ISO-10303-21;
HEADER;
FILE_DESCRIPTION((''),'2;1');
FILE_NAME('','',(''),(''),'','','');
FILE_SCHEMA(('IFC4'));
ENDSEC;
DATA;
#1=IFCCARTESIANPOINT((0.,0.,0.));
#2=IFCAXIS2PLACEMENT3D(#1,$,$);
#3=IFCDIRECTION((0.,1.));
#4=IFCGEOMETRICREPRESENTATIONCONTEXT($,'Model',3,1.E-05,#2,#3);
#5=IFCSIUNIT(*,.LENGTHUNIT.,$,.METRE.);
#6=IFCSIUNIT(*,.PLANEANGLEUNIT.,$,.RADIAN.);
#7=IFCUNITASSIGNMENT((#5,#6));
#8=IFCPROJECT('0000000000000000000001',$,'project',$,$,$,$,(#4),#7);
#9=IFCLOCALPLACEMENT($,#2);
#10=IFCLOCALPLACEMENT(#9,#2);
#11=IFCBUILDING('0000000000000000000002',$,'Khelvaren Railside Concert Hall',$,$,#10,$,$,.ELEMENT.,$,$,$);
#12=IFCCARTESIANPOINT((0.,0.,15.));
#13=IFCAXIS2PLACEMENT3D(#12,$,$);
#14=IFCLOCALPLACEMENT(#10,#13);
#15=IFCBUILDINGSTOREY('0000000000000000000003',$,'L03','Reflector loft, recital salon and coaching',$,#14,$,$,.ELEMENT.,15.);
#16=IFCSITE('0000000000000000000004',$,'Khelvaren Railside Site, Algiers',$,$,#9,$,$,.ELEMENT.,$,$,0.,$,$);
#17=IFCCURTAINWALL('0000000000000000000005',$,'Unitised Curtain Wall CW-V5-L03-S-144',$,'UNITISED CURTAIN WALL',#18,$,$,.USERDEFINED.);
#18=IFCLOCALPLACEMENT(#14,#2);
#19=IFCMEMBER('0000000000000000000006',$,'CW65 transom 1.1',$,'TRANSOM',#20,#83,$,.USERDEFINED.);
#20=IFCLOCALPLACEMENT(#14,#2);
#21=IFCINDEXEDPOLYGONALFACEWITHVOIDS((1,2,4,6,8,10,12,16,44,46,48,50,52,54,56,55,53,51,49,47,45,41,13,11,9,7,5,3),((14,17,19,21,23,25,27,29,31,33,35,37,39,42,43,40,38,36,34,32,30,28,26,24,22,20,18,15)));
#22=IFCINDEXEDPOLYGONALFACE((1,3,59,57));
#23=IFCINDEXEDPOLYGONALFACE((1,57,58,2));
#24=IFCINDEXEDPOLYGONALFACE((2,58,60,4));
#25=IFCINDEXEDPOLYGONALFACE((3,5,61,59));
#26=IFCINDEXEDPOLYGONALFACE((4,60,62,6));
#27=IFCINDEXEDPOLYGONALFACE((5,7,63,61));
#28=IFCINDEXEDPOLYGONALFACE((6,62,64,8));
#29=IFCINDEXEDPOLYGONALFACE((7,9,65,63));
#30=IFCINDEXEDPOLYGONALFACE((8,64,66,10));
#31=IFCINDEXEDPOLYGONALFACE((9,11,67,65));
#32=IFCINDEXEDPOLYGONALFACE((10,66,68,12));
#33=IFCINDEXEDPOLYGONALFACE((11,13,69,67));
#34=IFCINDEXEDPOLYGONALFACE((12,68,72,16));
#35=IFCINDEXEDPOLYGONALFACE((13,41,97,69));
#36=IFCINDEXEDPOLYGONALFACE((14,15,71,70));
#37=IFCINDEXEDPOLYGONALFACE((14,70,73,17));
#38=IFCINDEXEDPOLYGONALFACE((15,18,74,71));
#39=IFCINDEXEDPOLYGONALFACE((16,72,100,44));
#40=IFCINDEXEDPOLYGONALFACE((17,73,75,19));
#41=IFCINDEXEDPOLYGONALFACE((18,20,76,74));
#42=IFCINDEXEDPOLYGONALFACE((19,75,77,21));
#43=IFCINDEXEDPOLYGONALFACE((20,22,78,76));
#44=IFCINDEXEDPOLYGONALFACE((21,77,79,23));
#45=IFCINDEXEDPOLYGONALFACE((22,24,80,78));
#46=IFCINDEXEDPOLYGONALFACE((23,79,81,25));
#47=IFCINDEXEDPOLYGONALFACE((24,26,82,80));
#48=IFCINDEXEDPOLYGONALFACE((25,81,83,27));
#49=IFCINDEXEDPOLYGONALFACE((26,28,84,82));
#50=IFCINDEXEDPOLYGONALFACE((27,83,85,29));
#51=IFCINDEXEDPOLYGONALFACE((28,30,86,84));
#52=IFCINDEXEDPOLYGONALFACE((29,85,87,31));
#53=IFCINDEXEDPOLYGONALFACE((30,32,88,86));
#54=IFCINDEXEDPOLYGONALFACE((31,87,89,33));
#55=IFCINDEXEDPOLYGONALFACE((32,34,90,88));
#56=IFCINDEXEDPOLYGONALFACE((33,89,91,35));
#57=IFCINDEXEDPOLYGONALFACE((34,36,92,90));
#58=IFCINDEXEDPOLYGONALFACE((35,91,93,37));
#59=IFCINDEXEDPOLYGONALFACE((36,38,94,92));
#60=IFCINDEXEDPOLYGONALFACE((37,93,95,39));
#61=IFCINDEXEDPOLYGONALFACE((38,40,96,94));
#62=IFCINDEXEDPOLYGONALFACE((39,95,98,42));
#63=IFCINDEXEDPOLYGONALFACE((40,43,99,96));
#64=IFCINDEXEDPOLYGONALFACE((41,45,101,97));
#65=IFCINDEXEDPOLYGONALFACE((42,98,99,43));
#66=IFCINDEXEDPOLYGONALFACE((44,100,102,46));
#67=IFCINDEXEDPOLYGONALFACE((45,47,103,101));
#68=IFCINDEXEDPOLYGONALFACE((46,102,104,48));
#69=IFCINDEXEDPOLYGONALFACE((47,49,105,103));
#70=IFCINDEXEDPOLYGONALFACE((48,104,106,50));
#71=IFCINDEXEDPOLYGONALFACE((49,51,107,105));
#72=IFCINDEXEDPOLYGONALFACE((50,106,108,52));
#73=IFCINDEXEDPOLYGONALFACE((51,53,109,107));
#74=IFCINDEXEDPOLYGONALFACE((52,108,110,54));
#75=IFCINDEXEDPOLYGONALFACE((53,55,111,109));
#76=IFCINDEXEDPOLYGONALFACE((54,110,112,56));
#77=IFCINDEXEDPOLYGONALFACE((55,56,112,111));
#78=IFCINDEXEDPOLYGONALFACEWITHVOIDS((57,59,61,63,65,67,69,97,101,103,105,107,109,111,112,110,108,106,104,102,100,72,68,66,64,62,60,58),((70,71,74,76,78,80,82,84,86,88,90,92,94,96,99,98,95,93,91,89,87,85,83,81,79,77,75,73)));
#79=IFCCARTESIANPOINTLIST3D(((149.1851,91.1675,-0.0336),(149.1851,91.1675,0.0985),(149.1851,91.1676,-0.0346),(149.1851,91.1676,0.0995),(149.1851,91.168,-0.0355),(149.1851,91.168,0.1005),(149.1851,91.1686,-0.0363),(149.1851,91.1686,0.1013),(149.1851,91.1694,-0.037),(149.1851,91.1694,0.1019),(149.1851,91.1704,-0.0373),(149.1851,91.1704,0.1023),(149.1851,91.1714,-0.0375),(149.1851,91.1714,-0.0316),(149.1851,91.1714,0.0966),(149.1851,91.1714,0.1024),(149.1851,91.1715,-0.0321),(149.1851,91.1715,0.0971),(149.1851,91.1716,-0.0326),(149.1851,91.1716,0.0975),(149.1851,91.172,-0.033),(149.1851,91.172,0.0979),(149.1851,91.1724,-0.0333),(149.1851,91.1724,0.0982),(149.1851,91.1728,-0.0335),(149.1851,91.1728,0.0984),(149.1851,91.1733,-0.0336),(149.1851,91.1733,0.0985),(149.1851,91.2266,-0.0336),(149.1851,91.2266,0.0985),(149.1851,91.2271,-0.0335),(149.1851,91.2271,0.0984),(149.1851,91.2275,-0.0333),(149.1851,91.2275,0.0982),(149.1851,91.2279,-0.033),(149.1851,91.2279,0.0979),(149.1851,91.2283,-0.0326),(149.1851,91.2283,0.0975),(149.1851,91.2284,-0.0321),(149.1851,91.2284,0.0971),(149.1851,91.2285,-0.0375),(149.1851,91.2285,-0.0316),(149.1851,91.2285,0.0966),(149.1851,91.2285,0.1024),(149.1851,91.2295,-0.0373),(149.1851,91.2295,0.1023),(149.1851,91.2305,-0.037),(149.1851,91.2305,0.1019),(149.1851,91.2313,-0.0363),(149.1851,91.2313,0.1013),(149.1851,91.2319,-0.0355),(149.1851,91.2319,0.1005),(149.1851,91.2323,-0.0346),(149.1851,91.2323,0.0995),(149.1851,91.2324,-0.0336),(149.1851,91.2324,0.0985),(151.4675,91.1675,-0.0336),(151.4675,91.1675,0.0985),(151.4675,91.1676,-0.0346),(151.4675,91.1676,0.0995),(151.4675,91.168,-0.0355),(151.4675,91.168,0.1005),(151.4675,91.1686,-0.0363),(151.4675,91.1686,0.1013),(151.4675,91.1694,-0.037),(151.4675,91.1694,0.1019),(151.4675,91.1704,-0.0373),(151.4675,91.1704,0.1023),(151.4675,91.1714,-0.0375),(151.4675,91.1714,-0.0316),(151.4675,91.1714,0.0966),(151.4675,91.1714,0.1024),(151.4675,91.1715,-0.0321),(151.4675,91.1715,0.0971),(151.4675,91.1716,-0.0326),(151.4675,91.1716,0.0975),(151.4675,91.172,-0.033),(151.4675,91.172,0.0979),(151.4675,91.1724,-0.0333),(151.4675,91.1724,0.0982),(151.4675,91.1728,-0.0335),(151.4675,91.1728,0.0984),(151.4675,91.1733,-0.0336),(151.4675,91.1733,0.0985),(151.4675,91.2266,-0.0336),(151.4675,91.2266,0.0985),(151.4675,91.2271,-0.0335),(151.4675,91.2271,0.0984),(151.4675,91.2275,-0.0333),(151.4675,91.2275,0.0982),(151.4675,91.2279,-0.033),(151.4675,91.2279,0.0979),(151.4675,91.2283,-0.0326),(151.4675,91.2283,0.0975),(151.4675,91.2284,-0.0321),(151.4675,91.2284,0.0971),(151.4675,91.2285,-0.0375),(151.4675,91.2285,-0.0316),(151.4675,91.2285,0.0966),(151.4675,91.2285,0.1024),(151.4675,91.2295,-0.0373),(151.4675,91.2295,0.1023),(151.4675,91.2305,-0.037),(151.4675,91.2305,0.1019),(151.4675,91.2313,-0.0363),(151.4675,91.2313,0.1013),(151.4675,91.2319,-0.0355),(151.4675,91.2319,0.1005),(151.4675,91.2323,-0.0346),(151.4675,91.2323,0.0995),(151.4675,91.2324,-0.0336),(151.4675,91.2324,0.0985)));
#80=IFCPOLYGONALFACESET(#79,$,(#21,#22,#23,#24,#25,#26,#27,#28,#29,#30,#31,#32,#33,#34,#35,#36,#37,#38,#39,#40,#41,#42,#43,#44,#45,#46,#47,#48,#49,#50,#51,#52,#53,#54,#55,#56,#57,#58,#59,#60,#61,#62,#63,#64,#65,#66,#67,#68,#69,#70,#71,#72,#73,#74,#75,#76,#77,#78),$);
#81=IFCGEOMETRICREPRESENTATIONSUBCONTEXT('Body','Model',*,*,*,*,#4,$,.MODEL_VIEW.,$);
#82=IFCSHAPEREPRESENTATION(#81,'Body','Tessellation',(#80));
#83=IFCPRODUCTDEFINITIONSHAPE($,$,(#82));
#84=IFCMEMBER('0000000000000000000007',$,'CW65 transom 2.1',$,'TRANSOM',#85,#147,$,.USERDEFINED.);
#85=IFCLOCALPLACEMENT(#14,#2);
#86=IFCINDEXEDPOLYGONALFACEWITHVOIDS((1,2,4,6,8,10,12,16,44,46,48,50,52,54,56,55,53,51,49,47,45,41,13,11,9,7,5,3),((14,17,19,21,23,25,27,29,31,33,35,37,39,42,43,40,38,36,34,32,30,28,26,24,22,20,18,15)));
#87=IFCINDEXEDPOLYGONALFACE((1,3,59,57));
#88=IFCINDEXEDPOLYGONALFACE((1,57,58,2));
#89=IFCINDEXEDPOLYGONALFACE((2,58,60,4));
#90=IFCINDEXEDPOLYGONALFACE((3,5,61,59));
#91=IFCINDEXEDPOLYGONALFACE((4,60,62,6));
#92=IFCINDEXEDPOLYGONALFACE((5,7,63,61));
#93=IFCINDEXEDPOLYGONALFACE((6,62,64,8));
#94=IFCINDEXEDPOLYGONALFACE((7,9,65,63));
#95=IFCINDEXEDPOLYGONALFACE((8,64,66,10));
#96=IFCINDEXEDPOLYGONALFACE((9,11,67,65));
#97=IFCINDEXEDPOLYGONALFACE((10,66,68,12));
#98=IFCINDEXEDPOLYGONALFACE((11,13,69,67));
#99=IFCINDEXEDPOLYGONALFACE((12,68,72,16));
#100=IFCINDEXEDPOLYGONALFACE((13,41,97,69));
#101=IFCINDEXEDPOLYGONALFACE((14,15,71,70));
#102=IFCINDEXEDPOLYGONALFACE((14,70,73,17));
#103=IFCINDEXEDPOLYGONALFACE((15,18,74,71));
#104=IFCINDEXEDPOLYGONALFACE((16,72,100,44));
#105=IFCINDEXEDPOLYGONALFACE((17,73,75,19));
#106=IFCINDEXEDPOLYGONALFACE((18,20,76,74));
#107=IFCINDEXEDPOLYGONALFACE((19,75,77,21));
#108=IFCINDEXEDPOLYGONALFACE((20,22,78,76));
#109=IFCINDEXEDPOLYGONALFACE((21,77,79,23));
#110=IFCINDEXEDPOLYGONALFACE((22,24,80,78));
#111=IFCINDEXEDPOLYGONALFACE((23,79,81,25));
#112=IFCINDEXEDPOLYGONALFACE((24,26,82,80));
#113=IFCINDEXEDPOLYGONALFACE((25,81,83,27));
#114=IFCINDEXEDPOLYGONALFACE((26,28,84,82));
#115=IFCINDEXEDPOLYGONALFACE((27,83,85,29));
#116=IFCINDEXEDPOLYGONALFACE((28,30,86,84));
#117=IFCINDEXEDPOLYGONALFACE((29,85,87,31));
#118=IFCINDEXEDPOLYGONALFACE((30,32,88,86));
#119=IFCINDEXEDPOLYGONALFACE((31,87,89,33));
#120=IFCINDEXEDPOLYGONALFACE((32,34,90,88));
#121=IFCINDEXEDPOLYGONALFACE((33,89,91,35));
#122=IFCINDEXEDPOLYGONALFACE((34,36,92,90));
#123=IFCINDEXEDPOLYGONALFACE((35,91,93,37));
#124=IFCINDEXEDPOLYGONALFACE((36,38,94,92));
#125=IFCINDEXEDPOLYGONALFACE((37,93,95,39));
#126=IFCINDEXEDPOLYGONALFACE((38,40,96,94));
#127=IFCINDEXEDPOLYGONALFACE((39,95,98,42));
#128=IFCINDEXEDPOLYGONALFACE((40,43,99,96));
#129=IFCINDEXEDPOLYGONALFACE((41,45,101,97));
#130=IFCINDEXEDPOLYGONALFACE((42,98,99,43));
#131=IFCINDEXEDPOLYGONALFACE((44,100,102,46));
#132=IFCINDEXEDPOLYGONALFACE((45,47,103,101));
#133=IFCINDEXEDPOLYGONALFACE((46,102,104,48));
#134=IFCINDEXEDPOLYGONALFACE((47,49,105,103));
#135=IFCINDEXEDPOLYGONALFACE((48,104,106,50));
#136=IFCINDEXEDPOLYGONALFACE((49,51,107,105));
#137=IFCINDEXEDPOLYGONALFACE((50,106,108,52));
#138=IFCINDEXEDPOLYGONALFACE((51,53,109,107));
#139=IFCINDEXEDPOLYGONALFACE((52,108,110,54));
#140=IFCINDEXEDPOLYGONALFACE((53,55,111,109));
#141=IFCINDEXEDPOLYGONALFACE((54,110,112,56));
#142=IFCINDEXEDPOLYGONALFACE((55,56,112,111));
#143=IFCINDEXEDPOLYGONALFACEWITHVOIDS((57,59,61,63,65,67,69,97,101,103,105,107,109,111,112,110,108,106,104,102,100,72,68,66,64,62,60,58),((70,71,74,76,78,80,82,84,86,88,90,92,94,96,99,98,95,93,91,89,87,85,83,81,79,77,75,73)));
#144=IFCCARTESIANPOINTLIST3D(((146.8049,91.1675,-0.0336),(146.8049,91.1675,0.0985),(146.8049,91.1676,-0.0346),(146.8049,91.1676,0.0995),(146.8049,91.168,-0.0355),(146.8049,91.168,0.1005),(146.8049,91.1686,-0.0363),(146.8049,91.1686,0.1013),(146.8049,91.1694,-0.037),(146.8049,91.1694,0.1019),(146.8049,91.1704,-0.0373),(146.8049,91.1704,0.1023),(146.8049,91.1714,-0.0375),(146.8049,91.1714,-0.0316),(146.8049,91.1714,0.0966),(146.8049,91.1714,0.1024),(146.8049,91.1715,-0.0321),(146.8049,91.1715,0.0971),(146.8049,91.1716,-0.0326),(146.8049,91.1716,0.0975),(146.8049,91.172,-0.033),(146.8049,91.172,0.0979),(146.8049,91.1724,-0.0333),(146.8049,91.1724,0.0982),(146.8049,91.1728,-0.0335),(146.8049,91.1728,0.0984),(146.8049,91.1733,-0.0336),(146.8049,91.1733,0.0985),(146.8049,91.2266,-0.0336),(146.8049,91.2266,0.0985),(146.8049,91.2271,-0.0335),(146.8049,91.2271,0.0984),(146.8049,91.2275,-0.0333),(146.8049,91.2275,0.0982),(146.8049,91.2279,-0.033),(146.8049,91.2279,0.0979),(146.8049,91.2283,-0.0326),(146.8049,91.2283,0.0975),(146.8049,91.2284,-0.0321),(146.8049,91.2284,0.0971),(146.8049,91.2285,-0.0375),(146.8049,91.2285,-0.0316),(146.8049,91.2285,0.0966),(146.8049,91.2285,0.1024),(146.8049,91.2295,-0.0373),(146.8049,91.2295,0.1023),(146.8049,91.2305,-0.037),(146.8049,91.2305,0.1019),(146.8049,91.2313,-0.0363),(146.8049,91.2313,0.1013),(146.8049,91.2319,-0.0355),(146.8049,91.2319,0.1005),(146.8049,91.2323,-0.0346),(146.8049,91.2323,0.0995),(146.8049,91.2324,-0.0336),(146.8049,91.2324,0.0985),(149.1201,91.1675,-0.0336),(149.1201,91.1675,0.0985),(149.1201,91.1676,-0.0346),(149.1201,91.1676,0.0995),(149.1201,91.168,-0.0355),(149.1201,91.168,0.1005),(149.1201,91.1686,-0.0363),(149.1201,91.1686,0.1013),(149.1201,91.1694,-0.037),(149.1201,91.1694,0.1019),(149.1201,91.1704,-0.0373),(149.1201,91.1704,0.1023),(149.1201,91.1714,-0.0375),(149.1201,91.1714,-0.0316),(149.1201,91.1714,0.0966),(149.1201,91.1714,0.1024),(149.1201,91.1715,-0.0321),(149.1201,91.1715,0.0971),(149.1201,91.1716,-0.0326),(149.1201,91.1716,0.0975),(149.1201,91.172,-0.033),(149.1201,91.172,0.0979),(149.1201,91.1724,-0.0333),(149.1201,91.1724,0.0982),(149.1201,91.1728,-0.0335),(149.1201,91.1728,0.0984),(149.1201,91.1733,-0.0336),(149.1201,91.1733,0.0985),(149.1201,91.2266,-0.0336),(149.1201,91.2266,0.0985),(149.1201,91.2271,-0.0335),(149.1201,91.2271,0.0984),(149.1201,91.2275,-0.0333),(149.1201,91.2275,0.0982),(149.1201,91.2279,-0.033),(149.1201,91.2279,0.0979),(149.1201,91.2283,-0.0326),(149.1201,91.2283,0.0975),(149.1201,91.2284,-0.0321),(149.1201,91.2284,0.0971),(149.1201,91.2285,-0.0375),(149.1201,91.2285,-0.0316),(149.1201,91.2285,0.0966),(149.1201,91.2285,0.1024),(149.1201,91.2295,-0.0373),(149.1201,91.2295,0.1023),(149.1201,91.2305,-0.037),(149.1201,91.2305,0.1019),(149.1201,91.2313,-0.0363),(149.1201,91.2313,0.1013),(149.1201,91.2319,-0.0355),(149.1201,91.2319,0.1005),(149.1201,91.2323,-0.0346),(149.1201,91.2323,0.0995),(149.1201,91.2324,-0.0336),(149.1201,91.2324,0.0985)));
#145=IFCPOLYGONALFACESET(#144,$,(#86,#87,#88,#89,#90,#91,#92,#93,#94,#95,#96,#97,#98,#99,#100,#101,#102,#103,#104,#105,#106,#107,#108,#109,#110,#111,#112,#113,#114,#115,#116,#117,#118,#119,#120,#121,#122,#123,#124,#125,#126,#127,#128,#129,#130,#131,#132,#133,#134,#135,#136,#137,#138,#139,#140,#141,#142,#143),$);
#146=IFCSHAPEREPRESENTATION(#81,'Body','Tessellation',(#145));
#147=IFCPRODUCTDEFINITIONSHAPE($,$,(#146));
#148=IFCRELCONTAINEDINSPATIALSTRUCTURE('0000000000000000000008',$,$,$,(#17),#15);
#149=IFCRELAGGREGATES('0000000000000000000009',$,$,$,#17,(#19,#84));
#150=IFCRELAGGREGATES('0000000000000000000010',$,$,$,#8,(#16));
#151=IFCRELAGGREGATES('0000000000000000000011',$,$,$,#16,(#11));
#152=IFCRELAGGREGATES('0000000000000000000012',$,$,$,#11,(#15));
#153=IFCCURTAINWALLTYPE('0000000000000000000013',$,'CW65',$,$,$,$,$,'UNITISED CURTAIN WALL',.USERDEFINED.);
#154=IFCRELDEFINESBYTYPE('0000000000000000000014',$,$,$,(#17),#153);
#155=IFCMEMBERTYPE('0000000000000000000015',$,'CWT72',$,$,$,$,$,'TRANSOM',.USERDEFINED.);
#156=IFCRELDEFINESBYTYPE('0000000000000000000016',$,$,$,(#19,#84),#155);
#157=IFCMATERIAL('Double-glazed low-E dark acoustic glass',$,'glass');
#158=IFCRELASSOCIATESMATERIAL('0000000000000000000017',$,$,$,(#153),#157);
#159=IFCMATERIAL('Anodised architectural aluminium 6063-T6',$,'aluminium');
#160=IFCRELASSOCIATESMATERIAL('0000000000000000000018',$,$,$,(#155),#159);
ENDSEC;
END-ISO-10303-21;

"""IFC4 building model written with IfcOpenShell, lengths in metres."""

from ifc_helpers import new_model, si_unit, direction, frame, origin, origin_2d, place, context, subcontext, project, spatial, hollow_rectangle, extrude, material, material_profile, profile_set, type_object, element, aggregate, save


model = new_model("IFC4")

# Units and contexts
model_context = context("Model", 3, precision=1e-05, world=origin(), true_north=direction((0.0, 1.0)))
body_context = subcontext(model_context, "Body", "Model", "MODEL_VIEW")
ifc_project = project(units=[si_unit("LENGTHUNIT", "METRE"), si_unit("PLANEANGLEUNIT", "RADIAN")], contexts=[model_context])

# Site, building, storey
site_placement = place(None, origin())
site = spatial("IfcSite", under=ifc_project, at=site_placement, Name="Khelvaren Railside Site, Algiers", CompositionType="ELEMENT", RefElevation=0.0)
building_placement = place(site_placement, origin())
building = spatial("IfcBuilding", under=site, at=building_placement, Name="Khelvaren Railside Concert Hall", CompositionType="ELEMENT")
storey_placement = place(building_placement, frame((0.0, 0.0, 15.0)))
storey = spatial("IfcBuildingStorey", under=building, at=storey_placement, Name="L03", Description="Reflector loft, recital salon and coaching", CompositionType="ELEMENT", Elevation=15.0)

# Shared definitions
ifc_material_1 = material(Name="Double-glazed low-E dark acoustic glass", Category="glass")
ifc_material_2 = material(Name="Anodised architectural aluminium 6063-T6", Category="aluminium")

# Curtain wall
curtain_wall_type_1 = type_object("IfcCurtainWallType", Name="CW65", ElementType="UNITISED CURTAIN WALL", PredefinedType="USERDEFINED", material=ifc_material_1)
curtain_wall_1_placement = place(storey_placement, origin())
curtain_wall_1 = element("IfcCurtainWall", 1, at=curtain_wall_1_placement, inside=storey, type_object=curtain_wall_type_1, Name="Unitised Curtain Wall CW-V5-L03-S-144", ObjectType="UNITISED CURTAIN WALL", PredefinedType="USERDEFINED")

# Members
ifc_material_profile_1 = material_profile(ifc_material_2, hollow_rectangle(XDim=0.0649, YDim=0.1399, WallThickness=0.0039, InnerFilletRadius=0.002, OuterFilletRadius=0.0039, at=origin_2d()), Name="CWT 65x140x4")
ifc_profile_set_1 = profile_set([ifc_material_profile_1], Name="Anodised architectural aluminium 6063-T6")
member_type_1 = type_object("IfcMemberType", Name="CWT72", ElementType="TRANSOM", PredefinedType="USERDEFINED", material=ifc_profile_set_1)
member_1_placement = place(storey_placement, frame((151.4675, 91.2, 0.0325), z_axis=(-1.0, 0.0, 0.0), x_axis=(0.0, -1.0, 0.0)))
member_1 = element("IfcMember", 2, at=member_1_placement, type_object=member_type_1, Name="CW65 transom 1.1", ObjectType="TRANSOM", PredefinedType="USERDEFINED", context=body_context, shape_type="SweptSolid", body=[
    extrude(hollow_rectangle(XDim=0.0649, YDim=0.1399, WallThickness=0.0039, InnerFilletRadius=0.002, OuterFilletRadius=0.0039, at=origin_2d()), origin(), (0.0, 0.0, 1.0), 2.2825),
])
member_2_placement = place(storey_placement, frame((149.1201, 91.2, 0.0325), z_axis=(-1.0, 0.0, 0.0), x_axis=(0.0, -1.0, 0.0)))
member_2 = element("IfcMember", 3, at=member_2_placement, type_object=member_type_1, Name="CW65 transom 2.1", ObjectType="TRANSOM", PredefinedType="USERDEFINED", context=body_context, shape_type="SweptSolid", body=[
    extrude(hollow_rectangle(XDim=0.0649, YDim=0.1399, WallThickness=0.0039, InnerFilletRadius=0.002, OuterFilletRadius=0.0039, at=origin_2d()), origin(), (0.0, 0.0, 1.0), 2.3152),
])

aggregate(curtain_wall_1, [member_1, member_2])

save(model, "model.ifc")
